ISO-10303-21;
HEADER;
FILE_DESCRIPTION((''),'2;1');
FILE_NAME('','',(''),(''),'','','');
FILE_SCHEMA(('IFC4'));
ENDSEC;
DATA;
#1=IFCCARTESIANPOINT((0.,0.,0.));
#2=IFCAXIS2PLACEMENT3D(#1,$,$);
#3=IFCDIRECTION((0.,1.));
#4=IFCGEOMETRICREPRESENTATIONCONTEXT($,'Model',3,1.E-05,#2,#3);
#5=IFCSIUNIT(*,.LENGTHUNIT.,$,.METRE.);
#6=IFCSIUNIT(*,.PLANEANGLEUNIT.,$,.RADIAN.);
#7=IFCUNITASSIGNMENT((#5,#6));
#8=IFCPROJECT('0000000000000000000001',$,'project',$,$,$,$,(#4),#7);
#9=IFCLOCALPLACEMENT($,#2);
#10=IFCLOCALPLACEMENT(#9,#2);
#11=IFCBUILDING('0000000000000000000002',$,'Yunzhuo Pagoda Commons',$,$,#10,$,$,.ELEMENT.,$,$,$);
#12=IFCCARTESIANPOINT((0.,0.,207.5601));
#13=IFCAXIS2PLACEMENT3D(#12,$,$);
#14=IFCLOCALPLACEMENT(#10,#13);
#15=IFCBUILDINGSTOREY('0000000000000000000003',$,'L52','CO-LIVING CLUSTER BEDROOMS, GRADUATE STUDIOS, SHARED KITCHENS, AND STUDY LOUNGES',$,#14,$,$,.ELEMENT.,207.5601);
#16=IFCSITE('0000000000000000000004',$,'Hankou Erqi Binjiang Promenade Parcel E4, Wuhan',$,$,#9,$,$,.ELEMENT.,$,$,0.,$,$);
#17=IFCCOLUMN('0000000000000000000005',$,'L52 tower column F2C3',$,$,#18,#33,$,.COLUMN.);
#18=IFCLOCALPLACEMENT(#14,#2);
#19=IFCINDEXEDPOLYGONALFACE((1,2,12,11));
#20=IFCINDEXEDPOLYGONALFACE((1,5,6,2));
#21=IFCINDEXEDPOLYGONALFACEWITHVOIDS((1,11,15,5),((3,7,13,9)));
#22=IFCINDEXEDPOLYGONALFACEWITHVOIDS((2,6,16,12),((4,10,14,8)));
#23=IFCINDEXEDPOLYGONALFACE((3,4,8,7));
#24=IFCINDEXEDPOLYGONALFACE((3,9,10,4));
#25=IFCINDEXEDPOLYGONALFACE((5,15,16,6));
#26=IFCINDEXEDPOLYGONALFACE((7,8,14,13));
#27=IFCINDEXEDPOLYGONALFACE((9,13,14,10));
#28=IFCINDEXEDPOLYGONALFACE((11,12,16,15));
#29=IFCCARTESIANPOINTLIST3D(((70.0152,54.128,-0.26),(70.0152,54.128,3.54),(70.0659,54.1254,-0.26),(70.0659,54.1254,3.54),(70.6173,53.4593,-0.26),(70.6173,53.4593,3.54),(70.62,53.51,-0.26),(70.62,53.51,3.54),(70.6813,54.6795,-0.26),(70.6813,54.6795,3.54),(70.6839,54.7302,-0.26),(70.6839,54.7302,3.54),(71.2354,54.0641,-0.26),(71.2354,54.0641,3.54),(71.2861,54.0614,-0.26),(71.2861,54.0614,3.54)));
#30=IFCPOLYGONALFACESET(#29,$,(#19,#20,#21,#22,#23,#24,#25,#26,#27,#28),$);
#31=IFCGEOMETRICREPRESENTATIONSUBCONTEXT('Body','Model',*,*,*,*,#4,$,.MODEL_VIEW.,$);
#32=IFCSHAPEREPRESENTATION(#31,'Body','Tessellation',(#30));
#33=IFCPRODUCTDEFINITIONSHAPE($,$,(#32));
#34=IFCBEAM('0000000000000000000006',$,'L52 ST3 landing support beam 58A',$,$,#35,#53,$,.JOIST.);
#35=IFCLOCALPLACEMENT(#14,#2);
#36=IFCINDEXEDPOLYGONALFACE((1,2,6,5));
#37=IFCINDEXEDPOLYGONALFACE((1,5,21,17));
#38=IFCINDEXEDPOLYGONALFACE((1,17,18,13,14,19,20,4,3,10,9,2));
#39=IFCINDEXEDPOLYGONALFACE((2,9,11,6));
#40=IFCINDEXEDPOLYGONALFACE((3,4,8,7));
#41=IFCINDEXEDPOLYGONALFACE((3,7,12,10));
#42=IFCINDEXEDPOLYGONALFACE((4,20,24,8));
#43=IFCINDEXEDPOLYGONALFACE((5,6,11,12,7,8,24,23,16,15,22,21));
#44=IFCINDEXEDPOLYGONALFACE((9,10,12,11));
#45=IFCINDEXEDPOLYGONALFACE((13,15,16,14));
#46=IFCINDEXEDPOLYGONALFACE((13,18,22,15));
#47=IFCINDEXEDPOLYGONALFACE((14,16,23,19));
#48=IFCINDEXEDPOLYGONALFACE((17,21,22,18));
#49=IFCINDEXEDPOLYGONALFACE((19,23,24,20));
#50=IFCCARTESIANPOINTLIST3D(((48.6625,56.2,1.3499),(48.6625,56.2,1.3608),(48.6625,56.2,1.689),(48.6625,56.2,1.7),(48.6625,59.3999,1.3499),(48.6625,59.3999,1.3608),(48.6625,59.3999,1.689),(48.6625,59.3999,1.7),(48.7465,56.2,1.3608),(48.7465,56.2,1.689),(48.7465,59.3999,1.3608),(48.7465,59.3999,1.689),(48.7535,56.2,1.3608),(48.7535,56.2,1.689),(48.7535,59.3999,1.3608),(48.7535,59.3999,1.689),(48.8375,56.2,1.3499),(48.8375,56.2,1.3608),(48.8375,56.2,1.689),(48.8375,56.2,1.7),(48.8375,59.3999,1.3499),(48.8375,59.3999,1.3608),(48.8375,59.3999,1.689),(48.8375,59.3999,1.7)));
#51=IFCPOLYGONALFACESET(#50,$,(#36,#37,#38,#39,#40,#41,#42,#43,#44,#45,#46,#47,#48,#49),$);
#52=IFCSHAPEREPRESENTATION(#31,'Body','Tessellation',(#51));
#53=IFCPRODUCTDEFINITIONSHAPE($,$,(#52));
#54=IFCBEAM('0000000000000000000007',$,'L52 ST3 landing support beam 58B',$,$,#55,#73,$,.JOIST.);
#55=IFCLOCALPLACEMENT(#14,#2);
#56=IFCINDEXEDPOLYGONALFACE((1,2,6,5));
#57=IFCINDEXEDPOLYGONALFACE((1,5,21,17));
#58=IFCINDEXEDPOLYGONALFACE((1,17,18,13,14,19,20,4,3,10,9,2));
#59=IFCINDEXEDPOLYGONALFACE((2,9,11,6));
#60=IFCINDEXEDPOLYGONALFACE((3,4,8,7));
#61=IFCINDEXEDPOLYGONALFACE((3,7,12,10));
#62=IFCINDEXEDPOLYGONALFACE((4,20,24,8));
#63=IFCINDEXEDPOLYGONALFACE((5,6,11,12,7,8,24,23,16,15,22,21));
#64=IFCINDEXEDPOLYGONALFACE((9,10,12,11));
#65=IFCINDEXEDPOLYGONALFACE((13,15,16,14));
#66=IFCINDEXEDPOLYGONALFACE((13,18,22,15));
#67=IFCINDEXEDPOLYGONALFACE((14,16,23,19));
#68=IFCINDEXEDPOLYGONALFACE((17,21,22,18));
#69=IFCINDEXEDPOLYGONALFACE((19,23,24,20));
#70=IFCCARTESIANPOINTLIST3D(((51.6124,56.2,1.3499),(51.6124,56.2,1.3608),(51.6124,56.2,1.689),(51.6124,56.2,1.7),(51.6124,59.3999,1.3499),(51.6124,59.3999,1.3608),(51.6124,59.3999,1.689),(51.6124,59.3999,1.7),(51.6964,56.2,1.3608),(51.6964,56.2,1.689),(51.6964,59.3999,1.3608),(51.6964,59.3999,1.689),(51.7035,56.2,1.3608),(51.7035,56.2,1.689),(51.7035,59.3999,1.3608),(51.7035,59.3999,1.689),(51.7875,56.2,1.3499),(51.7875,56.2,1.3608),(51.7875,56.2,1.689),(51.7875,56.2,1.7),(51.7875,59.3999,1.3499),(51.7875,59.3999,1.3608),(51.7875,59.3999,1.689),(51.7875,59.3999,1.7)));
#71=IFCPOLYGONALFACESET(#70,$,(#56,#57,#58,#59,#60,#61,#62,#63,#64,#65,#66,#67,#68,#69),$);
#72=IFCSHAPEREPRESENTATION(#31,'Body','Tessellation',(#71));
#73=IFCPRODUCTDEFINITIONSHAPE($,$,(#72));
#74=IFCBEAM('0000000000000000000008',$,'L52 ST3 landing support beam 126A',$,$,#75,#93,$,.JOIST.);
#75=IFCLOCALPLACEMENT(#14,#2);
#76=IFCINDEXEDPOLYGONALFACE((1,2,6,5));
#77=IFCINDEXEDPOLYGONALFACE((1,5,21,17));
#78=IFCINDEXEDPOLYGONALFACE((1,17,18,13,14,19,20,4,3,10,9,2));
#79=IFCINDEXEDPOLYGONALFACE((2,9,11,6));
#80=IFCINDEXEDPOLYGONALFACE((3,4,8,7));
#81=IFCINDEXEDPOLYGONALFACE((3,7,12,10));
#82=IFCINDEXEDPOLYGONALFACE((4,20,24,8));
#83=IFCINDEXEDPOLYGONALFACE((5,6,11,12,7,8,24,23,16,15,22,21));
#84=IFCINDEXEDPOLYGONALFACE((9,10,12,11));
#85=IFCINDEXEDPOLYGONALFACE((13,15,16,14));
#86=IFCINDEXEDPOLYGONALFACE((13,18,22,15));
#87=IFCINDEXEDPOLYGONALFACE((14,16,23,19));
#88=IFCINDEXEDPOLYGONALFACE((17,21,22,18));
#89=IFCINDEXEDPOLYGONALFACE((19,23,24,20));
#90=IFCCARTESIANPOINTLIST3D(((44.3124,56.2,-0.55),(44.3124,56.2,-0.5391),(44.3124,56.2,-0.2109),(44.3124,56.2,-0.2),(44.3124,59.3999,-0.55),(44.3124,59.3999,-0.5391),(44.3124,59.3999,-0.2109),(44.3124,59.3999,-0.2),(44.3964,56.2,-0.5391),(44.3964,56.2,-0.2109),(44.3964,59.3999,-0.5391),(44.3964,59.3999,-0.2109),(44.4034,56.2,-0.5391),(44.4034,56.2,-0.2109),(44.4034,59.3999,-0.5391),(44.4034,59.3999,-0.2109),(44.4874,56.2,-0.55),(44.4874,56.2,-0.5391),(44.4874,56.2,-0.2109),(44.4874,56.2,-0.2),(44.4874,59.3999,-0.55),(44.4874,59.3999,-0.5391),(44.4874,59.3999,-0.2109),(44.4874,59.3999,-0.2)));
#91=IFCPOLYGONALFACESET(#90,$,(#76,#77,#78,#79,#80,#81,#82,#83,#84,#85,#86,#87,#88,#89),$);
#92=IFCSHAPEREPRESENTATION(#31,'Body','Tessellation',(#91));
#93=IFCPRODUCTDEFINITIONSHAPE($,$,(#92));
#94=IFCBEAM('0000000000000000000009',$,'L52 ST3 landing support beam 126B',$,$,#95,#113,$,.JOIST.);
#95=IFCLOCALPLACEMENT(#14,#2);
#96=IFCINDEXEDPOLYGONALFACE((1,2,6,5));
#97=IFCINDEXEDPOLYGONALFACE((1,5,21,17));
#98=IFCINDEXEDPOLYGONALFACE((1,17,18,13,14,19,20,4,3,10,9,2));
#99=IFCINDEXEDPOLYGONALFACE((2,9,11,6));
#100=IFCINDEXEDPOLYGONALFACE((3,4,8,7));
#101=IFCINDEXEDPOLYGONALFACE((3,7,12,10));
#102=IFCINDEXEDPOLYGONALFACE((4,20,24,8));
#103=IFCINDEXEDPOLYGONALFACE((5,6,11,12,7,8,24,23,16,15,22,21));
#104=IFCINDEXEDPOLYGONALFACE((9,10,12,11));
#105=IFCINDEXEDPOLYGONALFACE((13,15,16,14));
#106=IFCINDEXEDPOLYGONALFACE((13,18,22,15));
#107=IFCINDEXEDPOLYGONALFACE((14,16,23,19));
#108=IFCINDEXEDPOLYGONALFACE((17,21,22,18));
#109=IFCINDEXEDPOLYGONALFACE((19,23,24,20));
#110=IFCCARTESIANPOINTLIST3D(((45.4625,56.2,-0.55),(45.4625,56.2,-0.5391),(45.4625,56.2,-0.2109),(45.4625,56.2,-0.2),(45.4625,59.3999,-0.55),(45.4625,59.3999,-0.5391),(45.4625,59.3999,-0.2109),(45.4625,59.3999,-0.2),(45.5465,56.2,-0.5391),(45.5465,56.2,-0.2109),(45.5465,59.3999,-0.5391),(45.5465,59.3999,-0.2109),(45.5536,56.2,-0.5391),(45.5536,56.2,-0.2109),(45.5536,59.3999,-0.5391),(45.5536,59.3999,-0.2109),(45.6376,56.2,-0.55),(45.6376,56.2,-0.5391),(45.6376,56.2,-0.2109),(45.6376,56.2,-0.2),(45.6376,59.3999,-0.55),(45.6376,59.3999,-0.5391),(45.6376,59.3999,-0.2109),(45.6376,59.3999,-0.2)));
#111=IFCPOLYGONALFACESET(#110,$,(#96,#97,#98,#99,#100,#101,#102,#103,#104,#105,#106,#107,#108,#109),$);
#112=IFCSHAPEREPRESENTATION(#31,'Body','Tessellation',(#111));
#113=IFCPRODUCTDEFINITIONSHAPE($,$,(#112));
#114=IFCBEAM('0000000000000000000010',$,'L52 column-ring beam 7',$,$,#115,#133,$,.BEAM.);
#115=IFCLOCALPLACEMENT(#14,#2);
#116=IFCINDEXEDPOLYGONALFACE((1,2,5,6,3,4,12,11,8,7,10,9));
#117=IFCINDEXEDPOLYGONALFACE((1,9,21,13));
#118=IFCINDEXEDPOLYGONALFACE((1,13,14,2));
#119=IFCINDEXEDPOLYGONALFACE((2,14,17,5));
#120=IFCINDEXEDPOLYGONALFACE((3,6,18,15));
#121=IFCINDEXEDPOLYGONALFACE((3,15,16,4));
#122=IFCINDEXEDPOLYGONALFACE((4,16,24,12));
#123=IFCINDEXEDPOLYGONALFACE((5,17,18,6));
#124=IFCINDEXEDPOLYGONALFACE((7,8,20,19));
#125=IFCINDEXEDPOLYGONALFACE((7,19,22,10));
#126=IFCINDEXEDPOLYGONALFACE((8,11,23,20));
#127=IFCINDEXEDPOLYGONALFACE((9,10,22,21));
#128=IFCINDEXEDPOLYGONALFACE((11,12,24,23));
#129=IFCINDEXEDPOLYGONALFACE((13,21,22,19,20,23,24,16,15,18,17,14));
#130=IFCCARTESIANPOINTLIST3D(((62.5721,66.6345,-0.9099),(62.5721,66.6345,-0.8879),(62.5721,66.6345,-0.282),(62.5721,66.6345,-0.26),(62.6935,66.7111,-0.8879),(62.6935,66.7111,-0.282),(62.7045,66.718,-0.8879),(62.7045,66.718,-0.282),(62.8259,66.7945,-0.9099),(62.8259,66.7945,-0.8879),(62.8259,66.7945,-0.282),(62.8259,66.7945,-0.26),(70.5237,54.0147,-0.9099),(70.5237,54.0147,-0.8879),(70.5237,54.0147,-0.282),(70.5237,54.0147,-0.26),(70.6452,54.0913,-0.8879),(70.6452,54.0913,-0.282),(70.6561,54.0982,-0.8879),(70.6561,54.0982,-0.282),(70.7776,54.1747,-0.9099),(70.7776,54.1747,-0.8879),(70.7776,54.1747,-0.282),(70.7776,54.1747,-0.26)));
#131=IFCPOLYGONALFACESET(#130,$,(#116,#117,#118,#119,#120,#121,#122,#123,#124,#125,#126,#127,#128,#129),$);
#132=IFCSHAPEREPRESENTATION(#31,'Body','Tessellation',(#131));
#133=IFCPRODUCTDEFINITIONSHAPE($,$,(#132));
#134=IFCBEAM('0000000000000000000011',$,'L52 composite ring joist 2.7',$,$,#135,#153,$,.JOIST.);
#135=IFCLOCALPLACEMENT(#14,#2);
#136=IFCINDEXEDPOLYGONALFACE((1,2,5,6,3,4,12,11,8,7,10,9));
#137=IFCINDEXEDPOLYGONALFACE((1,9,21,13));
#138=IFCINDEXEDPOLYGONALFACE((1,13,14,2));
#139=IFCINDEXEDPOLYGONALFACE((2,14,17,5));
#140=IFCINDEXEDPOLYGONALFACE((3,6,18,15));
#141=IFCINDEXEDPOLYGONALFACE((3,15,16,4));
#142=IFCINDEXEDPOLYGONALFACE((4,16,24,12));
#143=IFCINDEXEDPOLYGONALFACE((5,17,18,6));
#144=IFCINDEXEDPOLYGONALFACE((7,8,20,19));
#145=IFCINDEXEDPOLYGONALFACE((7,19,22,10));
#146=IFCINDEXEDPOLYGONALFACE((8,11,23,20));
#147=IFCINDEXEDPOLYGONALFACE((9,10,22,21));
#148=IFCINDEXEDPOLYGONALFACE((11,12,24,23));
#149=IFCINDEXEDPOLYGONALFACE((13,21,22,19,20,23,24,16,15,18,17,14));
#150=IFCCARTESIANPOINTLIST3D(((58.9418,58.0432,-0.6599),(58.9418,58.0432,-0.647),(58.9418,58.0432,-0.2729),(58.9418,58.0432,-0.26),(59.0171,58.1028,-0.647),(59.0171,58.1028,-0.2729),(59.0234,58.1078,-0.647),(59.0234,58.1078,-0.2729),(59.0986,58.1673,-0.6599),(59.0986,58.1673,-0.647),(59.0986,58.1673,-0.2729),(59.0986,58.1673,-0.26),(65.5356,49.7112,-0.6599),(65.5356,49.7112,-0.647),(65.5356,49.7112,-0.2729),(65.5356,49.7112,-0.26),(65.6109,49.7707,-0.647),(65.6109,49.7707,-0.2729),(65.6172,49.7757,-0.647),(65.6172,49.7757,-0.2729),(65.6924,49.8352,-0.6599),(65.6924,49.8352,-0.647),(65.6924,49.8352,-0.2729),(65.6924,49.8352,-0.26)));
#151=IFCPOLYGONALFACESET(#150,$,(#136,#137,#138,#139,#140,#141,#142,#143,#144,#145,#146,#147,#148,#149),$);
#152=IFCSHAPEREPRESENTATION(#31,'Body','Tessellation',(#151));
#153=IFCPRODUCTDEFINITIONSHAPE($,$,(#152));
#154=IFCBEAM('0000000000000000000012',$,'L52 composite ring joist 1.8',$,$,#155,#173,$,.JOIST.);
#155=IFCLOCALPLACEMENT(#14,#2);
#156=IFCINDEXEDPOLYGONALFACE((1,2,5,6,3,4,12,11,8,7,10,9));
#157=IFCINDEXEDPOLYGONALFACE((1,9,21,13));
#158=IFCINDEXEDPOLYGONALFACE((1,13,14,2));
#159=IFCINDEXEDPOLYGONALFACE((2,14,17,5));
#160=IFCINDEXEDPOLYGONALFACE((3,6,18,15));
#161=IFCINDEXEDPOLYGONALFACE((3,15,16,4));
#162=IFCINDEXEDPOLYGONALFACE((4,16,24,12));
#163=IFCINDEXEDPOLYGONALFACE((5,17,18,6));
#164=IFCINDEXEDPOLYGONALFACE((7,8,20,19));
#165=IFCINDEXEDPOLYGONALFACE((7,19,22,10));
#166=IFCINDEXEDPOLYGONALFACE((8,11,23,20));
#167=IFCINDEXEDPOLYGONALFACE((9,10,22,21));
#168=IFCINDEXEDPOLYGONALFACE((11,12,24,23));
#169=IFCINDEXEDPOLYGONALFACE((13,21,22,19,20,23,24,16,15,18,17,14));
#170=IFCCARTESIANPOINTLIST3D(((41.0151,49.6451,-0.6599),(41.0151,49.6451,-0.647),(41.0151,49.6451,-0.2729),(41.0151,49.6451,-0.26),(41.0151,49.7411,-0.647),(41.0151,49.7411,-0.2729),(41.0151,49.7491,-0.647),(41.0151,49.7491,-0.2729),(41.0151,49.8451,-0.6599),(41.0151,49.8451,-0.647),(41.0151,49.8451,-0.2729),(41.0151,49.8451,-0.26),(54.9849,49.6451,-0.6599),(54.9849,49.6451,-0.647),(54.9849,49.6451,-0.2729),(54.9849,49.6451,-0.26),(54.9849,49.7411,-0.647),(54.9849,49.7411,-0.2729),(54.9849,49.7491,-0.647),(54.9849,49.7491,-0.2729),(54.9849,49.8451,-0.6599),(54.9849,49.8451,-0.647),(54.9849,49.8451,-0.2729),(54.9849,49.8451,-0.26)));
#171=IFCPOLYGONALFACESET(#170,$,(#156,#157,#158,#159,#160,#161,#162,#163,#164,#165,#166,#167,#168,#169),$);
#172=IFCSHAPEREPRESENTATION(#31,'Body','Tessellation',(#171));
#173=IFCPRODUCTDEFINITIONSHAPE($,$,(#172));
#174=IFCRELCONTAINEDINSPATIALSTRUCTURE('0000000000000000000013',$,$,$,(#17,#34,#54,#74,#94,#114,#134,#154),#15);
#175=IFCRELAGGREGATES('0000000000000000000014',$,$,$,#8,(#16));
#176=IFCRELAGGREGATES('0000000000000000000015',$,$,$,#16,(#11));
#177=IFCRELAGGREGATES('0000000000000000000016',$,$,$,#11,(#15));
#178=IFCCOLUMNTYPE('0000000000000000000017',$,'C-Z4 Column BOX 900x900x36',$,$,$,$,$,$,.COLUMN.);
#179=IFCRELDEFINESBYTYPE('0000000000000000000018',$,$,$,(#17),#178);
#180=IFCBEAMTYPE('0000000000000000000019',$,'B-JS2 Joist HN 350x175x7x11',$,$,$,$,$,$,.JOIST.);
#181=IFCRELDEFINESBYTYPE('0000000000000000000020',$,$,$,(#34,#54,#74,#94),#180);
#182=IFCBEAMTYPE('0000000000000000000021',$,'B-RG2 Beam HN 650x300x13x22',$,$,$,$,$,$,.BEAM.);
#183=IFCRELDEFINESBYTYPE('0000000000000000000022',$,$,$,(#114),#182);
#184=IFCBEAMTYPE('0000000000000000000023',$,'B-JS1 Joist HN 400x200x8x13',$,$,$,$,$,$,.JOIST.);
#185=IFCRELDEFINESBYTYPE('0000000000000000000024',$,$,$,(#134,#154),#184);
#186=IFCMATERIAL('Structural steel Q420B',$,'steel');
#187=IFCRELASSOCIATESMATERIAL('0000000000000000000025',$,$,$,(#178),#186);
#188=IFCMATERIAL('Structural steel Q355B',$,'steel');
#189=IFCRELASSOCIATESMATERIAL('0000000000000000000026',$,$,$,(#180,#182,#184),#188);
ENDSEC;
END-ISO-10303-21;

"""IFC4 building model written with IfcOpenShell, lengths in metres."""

from ifc_helpers import new_model, si_unit, direction, frame, origin, origin_2d, place, context, subcontext, project, spatial, hollow_rectangle, i_section, extrude, source, transform, mapped, material, material_profile, profile_set, type_object, element, save


model = new_model("IFC4")

# Units and contexts
model_context = context("Model", 3, precision=1e-05, world=origin(), true_north=direction((0.0, 1.0)))
body_context = subcontext(model_context, "Body", "Model", "MODEL_VIEW")
ifc_project = project(units=[si_unit("LENGTHUNIT", "METRE"), si_unit("PLANEANGLEUNIT", "RADIAN")], contexts=[model_context])

# Site, building, storey
site_placement = place(None, origin())
site = spatial("IfcSite", under=ifc_project, at=site_placement, Name="Hankou Erqi Binjiang Promenade Parcel E4, Wuhan", CompositionType="ELEMENT", RefElevation=0.0)
building_placement = place(site_placement, origin())
building = spatial("IfcBuilding", under=site, at=building_placement, Name="Yunzhuo Pagoda Commons", CompositionType="ELEMENT")
storey_placement = place(building_placement, frame((0.0, 0.0, 207.5601)))
storey = spatial("IfcBuildingStorey", under=building, at=storey_placement, Name="L52", Description="CO-LIVING CLUSTER BEDROOMS, GRADUATE STUDIOS, SHARED KITCHENS, AND STUDY LOUNGES", CompositionType="ELEMENT", Elevation=207.5601)

# Column
ifc_material_1 = material(Name="Structural steel Q420B", Category="steel")
ifc_material_profile_1 = material_profile(ifc_material_1, hollow_rectangle(XDim=0.8999, YDim=0.8999, WallThickness=0.0359, at=origin_2d()), Name="Structural steel Q420B")
ifc_profile_set_1 = profile_set([ifc_material_profile_1], Name="Structural steel Q420B")
column_type = type_object("IfcColumnType", Name="C-Z4 Column BOX 900x900x36", PredefinedType="COLUMN", material=ifc_profile_set_1)
shared_shape_1 = source(origin(), body_context, "Body", "SweptSolid", [
    extrude(hollow_rectangle(XDim=0.8999, YDim=0.8999, WallThickness=0.0359, at=origin_2d()), origin(), (0.0, 0.0, 1.0), 3.8),
])
column_placement = place(storey_placement, frame((70.6506, 54.0947, -0.26), z_axis=(0.0, 0.0, 1.0), x_axis=(-0.669131, 0.743145, 0.0)))
element("IfcColumn", 1, at=column_placement, inside=storey, type_object=column_type, Name="L52 tower column F2C3", PredefinedType="COLUMN", context=body_context, shape_type="MappedRepresentation", body=[
    mapped(shared_shape_1, transform((0.0, 0.0, 0.0), scale=1.0)),
])

# Beams
ifc_material_2 = material(Name="Structural steel Q355B", Category="steel")
ifc_material_profile_2 = material_profile(ifc_material_2, i_section(OverallWidth=0.175, OverallDepth=0.3501, WebThickness=0.0071, FlangeThickness=0.011, at=origin_2d()), Name="Structural steel Q355B")
ifc_profile_set_2 = profile_set([ifc_material_profile_2], Name="Structural steel Q355B")
beam_type_1 = type_object("IfcBeamType", Name="B-JS2 Joist HN 350x175x7x11", PredefinedType="JOIST", material=ifc_profile_set_2)
shared_shape_2 = source(origin(), body_context, "Body", "SweptSolid", [
    extrude(i_section(OverallWidth=0.175, OverallDepth=0.3501, WebThickness=0.0071, FlangeThickness=0.011, at=origin_2d()), origin(), (0.0, 0.0, 1.0), 3.2),
])
for number, where, z_axis, x_axis, name in (
    (2, (48.75, 56.2, 1.5249), (0.0, 1.0, 0.0), (-1.0, 0.0, 0.0), "L52 ST3 landing support beam 58A"),
    (3, (51.7, 56.2, 1.5249), (0.0, 1.0, 0.0), (-1.0, 0.0, 0.0), "L52 ST3 landing support beam 58B"),
    (4, (44.3999, 56.2, -0.375), (0.0, 1.0, 0.0), (-1.0, 0.0, 0.0), "L52 ST3 landing support beam 126A"),
    (5, (45.55, 56.2, -0.375), (0.0, 1.0, 0.0), (-1.0, 0.0, 0.0), "L52 ST3 landing support beam 126B"),
):
    element("IfcBeam", number, at=place(storey_placement, frame(where, z_axis=z_axis, x_axis=x_axis)), inside=storey, type_object=beam_type_1, Name=name, PredefinedType="JOIST", context=body_context, shape_type="MappedRepresentation", body=[
        mapped(shared_shape_2, transform((0.0, 0.0, 0.0), scale=1.0)),
    ])
ifc_material_profile_3 = material_profile(ifc_material_2, i_section(OverallWidth=0.3, OverallDepth=0.6499, WebThickness=0.0129, FlangeThickness=0.022, at=origin_2d()), Name="Structural steel Q355B")
ifc_profile_set_3 = profile_set([ifc_material_profile_3], Name="Structural steel Q355B")
beam_type_2 = type_object("IfcBeamType", Name="B-RG2 Beam HN 650x300x13x22", PredefinedType="BEAM", material=ifc_profile_set_3)
shared_shape_3 = source(origin(), body_context, "Body", "SweptSolid", [
    extrude(i_section(OverallWidth=0.3, OverallDepth=0.6499, WebThickness=0.0129, FlangeThickness=0.022, at=origin_2d()), origin(), (0.0, 0.0, 1.0), 14.916),
])
beam_1_placement = place(storey_placement, frame((70.6506, 54.0947, -0.585), z_axis=(-0.533092, 0.846057, 0.0), x_axis=(-0.846057, -0.533092, 0.0)))
element("IfcBeam", 6, at=beam_1_placement, inside=storey, type_object=beam_type_2, Name="L52 column-ring beam 7", PredefinedType="BEAM", context=body_context, shape_type="MappedRepresentation", body=[
    mapped(shared_shape_3, transform((0.0, 0.0, 0.0), scale=1.0)),
])
ifc_material_profile_4 = material_profile(ifc_material_2, i_section(OverallWidth=0.2, OverallDepth=0.3999, WebThickness=0.0081, FlangeThickness=0.0129, at=origin_2d()), Name="Structural steel Q355B")
ifc_profile_set_4 = profile_set([ifc_material_profile_4], Name="Structural steel Q355B")
beam_type_3 = type_object("IfcBeamType", Name="B-JS1 Joist HN 400x200x8x13", PredefinedType="JOIST", material=ifc_profile_set_4)
shared_shape_4 = source(origin(), body_context, "Body", "SweptSolid", [
    extrude(i_section(OverallWidth=0.2, OverallDepth=0.3999, WebThickness=0.0081, FlangeThickness=0.0129, at=origin_2d()), origin(), (0.0, 0.0, 1.0), 10.6255),
])
beam_2_placement = place(storey_placement, frame((65.614, 49.7732, -0.46), z_axis=(-0.620562, 0.784158, 0.0), x_axis=(-0.784158, -0.620562, 0.0)))
element("IfcBeam", 7, at=beam_2_placement, inside=storey, type_object=beam_type_3, Name="L52 composite ring joist 2.7", PredefinedType="JOIST", context=body_context, shape_type="MappedRepresentation", body=[
    mapped(shared_shape_4, transform((0.0, 0.0, 0.0), scale=1.0)),
])
shared_shape_5 = source(origin(), body_context, "Body", "SweptSolid", [
    extrude(i_section(OverallWidth=0.2, OverallDepth=0.3999, WebThickness=0.0081, FlangeThickness=0.0129, at=origin_2d()), origin(), (0.0, 0.0, 1.0), 13.9697),
])
beam_3_placement = place(storey_placement, frame((54.9849, 49.7451, -0.46), z_axis=(-1.0, 0.0, 0.0), x_axis=(0.0, -1.0, 0.0)))
element("IfcBeam", 8, at=beam_3_placement, inside=storey, type_object=beam_type_3, Name="L52 composite ring joist 1.8", PredefinedType="JOIST", context=body_context, shape_type="MappedRepresentation", body=[
    mapped(shared_shape_5, transform((0.0, 0.0, 0.0), scale=1.0)),
])

save(model, "model.ifc")
